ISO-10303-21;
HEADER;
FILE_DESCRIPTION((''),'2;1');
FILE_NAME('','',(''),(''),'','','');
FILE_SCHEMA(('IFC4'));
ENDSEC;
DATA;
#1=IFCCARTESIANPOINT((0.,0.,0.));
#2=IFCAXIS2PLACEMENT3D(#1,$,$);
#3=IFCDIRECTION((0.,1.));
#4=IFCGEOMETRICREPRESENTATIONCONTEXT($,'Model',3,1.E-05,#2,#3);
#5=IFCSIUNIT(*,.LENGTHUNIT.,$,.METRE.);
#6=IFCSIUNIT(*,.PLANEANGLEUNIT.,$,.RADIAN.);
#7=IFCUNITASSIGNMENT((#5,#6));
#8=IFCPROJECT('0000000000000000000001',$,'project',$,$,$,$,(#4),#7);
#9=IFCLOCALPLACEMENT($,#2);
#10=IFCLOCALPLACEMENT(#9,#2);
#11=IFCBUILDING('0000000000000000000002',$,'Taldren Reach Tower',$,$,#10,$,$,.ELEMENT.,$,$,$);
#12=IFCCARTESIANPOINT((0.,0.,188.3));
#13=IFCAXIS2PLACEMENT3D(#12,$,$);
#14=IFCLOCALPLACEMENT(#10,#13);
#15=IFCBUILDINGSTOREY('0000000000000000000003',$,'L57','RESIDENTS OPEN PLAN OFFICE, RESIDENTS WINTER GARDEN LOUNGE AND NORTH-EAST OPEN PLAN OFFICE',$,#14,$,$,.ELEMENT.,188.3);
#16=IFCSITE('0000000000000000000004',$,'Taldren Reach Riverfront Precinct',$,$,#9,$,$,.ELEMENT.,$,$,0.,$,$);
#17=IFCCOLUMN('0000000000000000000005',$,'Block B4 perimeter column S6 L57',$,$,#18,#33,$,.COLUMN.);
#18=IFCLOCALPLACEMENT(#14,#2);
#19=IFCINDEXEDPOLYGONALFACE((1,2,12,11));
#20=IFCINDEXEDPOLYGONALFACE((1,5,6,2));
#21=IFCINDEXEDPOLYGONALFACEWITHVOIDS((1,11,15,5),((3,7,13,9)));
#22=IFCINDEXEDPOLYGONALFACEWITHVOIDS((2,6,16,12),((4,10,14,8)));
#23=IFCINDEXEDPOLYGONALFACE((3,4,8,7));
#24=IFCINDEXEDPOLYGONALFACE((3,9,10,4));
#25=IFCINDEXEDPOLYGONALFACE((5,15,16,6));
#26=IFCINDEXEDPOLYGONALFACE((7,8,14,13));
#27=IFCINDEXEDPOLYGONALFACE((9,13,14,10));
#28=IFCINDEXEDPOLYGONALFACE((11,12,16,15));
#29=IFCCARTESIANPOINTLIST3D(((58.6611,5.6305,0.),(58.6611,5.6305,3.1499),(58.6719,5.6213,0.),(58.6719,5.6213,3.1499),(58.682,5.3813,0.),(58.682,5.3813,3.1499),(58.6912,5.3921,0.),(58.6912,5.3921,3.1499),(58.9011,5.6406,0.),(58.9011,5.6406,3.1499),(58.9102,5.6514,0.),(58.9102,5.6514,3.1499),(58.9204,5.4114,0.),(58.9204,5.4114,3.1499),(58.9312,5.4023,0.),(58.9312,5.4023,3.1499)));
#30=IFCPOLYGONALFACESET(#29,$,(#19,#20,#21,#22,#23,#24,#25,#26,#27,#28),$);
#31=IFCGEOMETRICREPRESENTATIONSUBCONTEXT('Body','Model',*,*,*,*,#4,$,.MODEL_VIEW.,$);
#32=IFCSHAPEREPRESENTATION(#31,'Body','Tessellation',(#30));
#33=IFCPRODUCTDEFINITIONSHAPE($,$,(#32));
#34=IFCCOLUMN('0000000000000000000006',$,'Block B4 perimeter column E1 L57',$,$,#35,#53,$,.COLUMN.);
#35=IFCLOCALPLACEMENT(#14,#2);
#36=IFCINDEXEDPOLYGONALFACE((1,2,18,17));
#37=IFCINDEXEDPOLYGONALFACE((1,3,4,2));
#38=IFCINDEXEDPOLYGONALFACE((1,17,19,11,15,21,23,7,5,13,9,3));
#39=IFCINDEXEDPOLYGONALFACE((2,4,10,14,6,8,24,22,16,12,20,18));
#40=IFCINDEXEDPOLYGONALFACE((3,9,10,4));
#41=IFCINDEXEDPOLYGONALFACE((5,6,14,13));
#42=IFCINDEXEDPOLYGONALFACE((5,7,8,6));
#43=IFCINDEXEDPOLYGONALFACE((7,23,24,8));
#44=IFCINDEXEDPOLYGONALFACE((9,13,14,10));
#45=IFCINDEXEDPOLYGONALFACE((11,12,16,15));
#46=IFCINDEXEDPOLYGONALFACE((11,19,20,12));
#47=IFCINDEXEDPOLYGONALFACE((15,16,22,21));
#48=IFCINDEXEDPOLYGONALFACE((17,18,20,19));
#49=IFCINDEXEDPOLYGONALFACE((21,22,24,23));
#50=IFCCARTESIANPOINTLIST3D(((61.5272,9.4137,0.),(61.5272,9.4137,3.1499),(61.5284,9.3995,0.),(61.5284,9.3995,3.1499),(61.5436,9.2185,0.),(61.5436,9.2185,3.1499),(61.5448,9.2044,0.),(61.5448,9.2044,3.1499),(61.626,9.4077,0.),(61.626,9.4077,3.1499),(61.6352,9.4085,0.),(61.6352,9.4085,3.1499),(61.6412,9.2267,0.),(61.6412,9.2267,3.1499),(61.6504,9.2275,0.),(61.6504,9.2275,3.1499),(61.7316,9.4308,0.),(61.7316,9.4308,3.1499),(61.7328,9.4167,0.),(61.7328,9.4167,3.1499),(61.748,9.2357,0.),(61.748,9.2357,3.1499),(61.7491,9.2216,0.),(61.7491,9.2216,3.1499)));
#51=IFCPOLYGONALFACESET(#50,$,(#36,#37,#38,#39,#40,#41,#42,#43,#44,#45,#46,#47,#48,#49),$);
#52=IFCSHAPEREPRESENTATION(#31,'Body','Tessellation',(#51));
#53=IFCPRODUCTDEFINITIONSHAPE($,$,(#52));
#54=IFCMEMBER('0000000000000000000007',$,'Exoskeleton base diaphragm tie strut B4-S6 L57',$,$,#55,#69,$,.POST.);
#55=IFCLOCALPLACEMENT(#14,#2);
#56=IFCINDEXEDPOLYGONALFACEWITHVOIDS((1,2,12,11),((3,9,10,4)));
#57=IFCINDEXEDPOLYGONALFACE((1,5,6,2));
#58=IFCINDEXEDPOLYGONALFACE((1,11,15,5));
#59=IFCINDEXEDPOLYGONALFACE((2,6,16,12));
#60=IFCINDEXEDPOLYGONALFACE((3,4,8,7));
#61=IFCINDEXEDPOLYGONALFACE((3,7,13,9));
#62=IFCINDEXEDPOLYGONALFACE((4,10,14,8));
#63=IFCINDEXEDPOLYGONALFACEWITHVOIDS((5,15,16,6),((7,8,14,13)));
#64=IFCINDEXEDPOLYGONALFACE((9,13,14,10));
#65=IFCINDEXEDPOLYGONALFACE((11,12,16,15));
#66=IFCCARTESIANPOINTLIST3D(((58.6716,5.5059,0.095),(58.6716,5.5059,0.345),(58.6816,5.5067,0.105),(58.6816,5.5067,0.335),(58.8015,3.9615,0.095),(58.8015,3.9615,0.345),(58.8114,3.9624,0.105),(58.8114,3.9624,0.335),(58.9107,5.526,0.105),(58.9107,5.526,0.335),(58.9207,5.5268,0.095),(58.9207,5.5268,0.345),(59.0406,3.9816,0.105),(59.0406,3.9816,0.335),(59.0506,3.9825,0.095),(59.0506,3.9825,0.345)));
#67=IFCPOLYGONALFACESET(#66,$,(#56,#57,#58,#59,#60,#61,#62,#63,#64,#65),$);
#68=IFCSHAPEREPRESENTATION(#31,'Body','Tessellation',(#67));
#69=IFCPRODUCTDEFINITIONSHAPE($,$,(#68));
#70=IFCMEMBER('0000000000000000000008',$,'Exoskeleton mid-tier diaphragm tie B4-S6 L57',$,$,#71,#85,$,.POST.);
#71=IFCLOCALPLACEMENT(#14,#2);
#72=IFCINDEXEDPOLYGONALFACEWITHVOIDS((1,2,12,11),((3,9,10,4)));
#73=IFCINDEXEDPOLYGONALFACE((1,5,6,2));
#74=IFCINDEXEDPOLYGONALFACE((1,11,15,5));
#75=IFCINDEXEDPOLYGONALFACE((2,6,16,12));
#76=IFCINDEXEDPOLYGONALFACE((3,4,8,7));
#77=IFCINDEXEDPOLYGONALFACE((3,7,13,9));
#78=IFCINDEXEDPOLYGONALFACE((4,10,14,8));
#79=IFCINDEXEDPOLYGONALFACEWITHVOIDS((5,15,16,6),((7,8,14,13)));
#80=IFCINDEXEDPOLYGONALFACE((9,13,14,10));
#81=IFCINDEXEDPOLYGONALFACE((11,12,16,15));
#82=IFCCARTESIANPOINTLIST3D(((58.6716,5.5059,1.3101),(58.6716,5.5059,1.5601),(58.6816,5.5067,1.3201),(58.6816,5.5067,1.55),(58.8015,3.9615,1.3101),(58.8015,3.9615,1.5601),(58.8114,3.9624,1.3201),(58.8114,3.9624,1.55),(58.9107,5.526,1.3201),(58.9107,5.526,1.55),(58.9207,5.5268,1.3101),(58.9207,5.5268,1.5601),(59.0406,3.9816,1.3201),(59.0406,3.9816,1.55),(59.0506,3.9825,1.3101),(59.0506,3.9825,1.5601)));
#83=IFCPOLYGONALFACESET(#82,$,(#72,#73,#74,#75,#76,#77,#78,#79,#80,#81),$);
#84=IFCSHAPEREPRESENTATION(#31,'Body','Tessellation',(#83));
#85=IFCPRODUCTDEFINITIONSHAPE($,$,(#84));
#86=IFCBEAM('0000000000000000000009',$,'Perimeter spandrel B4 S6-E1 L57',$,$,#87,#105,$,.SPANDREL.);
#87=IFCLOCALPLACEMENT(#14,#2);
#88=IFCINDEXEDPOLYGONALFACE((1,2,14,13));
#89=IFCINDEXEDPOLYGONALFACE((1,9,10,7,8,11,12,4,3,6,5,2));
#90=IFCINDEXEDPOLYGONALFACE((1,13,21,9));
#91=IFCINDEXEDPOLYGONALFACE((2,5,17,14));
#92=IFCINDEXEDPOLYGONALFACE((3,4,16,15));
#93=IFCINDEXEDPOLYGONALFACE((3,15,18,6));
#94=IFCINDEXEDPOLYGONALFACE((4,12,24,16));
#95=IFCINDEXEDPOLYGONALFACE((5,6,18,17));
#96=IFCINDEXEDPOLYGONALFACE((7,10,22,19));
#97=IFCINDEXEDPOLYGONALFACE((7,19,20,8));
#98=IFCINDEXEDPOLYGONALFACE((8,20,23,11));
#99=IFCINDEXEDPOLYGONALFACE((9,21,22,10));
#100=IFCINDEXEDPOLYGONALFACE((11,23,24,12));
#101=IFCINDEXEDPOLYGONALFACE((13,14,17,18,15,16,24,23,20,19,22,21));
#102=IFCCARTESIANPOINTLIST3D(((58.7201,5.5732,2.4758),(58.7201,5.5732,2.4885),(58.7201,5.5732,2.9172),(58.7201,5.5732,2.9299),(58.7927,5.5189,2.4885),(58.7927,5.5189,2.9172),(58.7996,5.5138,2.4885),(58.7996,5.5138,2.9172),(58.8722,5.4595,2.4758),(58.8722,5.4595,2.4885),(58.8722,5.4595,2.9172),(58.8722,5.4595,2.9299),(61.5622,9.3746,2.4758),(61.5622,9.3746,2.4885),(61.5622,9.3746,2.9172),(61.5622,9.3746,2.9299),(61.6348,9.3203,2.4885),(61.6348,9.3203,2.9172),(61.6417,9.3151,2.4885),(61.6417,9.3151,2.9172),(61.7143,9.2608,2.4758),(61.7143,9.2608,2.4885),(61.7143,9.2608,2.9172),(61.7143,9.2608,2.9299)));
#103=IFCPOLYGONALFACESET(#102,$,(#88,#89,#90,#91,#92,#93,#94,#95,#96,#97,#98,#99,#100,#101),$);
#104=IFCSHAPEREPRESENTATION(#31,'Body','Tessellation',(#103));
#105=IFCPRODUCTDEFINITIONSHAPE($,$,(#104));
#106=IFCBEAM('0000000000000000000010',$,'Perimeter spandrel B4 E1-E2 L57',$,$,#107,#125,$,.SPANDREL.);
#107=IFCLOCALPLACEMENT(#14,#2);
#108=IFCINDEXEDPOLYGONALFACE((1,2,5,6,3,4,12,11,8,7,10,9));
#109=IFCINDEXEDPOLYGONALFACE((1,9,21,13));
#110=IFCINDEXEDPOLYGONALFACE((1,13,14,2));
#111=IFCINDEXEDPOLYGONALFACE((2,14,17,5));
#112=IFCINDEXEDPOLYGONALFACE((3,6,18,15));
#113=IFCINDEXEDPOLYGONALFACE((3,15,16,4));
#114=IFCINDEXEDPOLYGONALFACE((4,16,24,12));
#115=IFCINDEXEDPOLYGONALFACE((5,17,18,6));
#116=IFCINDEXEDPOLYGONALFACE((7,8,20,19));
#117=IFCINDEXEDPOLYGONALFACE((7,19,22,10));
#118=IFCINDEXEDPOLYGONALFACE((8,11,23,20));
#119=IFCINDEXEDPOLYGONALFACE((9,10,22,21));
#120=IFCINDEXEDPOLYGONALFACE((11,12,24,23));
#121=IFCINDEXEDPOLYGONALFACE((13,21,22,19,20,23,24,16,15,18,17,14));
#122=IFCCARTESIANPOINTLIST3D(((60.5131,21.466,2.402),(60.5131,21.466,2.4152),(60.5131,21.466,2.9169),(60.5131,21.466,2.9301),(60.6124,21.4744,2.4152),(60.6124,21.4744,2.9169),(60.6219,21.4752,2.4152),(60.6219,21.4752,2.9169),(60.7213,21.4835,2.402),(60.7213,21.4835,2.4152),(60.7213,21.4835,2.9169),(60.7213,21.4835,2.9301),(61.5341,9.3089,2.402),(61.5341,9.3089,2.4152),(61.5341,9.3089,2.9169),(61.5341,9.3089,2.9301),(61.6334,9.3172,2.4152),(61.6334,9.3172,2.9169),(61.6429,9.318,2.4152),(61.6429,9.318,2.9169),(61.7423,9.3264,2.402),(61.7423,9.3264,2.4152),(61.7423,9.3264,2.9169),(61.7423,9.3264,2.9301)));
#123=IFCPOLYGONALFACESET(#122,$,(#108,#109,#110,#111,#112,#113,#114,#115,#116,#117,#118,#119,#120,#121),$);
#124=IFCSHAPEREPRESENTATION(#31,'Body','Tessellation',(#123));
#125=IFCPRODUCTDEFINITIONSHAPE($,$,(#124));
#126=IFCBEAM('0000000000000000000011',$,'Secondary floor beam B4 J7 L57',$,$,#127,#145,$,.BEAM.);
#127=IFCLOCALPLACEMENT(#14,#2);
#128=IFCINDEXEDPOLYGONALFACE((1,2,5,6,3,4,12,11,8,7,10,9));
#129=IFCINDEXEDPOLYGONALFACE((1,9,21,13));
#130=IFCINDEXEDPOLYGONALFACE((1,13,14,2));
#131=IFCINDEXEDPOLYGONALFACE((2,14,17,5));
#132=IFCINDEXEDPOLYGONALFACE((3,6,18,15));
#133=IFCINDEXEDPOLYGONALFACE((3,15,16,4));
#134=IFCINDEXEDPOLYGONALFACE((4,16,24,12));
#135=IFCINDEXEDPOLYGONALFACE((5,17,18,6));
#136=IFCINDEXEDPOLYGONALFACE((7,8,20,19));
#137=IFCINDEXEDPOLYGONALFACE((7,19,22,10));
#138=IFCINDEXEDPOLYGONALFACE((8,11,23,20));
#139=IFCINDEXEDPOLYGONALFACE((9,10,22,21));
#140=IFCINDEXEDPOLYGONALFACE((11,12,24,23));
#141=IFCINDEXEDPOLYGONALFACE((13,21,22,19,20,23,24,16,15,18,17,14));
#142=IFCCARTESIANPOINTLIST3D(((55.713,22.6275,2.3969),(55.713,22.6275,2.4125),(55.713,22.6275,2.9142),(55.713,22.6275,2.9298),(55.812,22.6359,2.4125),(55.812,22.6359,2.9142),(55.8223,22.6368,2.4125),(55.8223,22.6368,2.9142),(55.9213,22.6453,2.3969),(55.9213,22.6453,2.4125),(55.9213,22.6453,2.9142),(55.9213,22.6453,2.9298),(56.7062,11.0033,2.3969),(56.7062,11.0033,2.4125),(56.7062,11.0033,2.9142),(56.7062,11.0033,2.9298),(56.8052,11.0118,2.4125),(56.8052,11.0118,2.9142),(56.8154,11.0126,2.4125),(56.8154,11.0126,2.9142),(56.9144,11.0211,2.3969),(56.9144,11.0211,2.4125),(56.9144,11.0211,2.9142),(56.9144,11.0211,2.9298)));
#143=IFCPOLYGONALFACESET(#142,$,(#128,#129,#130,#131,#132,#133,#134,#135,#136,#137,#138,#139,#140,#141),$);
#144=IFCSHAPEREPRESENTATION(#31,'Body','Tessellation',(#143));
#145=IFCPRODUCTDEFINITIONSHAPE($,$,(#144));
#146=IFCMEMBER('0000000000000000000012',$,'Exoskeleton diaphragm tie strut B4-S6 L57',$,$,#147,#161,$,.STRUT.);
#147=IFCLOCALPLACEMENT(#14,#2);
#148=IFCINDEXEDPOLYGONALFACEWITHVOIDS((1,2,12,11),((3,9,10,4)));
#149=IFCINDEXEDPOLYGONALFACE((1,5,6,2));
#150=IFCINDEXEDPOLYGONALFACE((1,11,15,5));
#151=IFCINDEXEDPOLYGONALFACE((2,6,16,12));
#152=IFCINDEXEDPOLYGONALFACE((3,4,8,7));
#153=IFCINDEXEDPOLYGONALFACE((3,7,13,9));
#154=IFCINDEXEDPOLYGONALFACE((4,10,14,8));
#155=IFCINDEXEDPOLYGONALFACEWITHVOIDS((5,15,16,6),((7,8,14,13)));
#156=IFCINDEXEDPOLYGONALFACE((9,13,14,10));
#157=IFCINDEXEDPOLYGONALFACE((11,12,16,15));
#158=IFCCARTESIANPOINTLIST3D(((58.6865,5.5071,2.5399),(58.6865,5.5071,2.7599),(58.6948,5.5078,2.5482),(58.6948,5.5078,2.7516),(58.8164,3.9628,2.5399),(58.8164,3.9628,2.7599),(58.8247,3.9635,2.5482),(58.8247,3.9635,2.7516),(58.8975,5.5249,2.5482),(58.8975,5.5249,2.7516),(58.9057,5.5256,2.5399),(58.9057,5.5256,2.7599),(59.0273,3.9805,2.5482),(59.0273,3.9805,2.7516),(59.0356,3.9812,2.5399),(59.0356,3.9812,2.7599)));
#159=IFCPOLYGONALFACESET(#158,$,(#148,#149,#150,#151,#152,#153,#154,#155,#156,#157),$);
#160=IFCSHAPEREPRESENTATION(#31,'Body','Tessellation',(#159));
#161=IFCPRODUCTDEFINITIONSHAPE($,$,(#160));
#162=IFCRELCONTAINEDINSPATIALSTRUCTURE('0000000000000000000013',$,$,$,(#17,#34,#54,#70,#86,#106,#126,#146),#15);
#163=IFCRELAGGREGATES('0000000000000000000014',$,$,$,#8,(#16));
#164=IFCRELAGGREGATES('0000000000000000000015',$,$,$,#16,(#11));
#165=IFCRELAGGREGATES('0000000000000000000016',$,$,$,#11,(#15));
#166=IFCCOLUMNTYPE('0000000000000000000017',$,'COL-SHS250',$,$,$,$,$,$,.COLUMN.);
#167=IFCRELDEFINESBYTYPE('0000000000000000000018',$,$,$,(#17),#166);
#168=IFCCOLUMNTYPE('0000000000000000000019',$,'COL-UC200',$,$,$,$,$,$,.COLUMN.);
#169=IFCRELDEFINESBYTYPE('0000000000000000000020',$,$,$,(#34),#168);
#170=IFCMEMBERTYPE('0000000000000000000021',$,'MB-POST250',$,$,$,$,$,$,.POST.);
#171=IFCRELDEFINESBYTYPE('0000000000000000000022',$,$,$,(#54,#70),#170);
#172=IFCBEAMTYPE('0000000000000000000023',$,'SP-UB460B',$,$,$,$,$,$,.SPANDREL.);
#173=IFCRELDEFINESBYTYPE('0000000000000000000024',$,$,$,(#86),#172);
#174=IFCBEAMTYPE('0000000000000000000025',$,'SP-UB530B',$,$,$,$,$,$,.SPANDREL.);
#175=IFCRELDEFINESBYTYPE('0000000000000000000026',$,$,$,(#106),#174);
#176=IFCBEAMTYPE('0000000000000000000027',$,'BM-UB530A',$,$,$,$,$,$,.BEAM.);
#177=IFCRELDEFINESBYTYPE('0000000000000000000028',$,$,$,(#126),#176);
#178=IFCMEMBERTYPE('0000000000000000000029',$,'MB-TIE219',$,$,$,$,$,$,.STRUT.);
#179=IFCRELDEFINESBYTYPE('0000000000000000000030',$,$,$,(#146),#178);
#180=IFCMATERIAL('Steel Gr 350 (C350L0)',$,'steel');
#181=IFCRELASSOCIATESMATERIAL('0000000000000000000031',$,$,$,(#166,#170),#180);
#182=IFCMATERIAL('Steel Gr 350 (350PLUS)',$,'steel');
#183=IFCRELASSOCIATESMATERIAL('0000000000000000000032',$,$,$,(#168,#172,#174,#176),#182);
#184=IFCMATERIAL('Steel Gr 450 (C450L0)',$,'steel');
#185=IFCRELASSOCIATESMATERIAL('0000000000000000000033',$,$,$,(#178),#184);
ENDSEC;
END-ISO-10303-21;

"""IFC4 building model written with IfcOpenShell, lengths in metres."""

from ifc_helpers import new_model, si_unit, direction, frame, origin, origin_2d, place, context, subcontext, project, spatial, hollow_rectangle, i_section, extrude, source, transform, mapped, material, material_profile, profile_set, type_object, element, save


model = new_model("IFC4")

# Units and contexts
model_context = context("Model", 3, precision=1e-05, world=origin(), true_north=direction((0.0, 1.0)))
body_context = subcontext(model_context, "Body", "Model", "MODEL_VIEW")
ifc_project = project(units=[si_unit("LENGTHUNIT", "METRE"), si_unit("PLANEANGLEUNIT", "RADIAN")], contexts=[model_context])

# Site, building, storey
site_placement = place(None, origin())
site = spatial("IfcSite", under=ifc_project, at=site_placement, Name="Taldren Reach Riverfront Precinct", CompositionType="ELEMENT", RefElevation=0.0)
building_placement = place(site_placement, origin())
building = spatial("IfcBuilding", under=site, at=building_placement, Name="Taldren Reach Tower", CompositionType="ELEMENT")
storey_placement = place(building_placement, frame((0.0, 0.0, 188.3)))
storey = spatial("IfcBuildingStorey", under=building, at=storey_placement, Name="L57", Description="RESIDENTS OPEN PLAN OFFICE, RESIDENTS WINTER GARDEN LOUNGE AND NORTH-EAST OPEN PLAN OFFICE", CompositionType="ELEMENT", Elevation=188.3)

# Columns
ifc_material_1 = material(Name="Steel Gr 350 (C350L0)", Category="steel")
ifc_material_profile_1 = material_profile(ifc_material_1, hollow_rectangle(XDim=0.25, YDim=0.25, WallThickness=0.01, at=origin_2d()), Name="250x250x10.0SHS")
ifc_profile_set_1 = profile_set([ifc_material_profile_1], Name="Steel Gr 350 (C350L0)")
column_type_1 = type_object("IfcColumnType", Name="COL-SHS250", PredefinedType="COLUMN", material=ifc_profile_set_1)
shared_shape_1 = source(origin(), body_context, "Body", "SweptSolid", [
    extrude(hollow_rectangle(XDim=0.25, YDim=0.25, WallThickness=0.01, at=origin_2d()), origin(), (0.0, 0.0, 1.0), 3.1499),
])
column_1_placement = place(storey_placement, frame((58.7961, 5.5164, 0.0), z_axis=(0.0, 0.0, 1.0), x_axis=(0.996493, 0.083678, 0.0)))
element("IfcColumn", 1, at=column_1_placement, inside=storey, type_object=column_type_1, Name="Block B4 perimeter column S6 L57", PredefinedType="COLUMN", context=body_context, shape_type="MappedRepresentation", body=[
    mapped(shared_shape_1, transform((0.0, 0.0, 0.0), scale=1.0)),
])
ifc_material_2 = material(Name="Steel Gr 350 (350PLUS)", Category="steel")
ifc_material_profile_2 = material_profile(ifc_material_2, i_section(OverallWidth=0.2051, OverallDepth=0.21, WebThickness=0.0093, FlangeThickness=0.0142, at=origin_2d()), Name="200UC59.5")
ifc_profile_set_2 = profile_set([ifc_material_profile_2], Name="Steel Gr 350 (350PLUS)")
column_type_2 = type_object("IfcColumnType", Name="COL-UC200", PredefinedType="COLUMN", material=ifc_profile_set_2)
shared_shape_2 = source(origin(), body_context, "Body", "SweptSolid", [
    extrude(i_section(OverallWidth=0.2051, OverallDepth=0.21, WebThickness=0.0093, FlangeThickness=0.0142, at=origin_2d()), origin(), (0.0, 0.0, 1.0), 3.1499),
])
column_2_placement = place(storey_placement, frame((61.6382, 9.3176, 0.0), z_axis=(0.0, 0.0, 1.0), x_axis=(0.996493, 0.083678, 0.0)))
element("IfcColumn", 2, at=column_2_placement, inside=storey, type_object=column_type_2, Name="Block B4 perimeter column E1 L57", PredefinedType="COLUMN", context=body_context, shape_type="MappedRepresentation", body=[
    mapped(shared_shape_2, transform((0.0, 0.0, 0.0), scale=1.0)),
])

# Members
ifc_material_profile_3 = material_profile(ifc_material_1, hollow_rectangle(XDim=0.25, YDim=0.25, WallThickness=0.01, at=origin_2d()), Name="250x250x10.0SHS")
ifc_profile_set_3 = profile_set([ifc_material_profile_3], Name="Steel Gr 350 (C350L0)")
member_type_1 = type_object("IfcMemberType", Name="MB-POST250", PredefinedType="POST", material=ifc_profile_set_3)
shared_shape_3 = source(origin(), body_context, "Body", "SweptSolid", [
    extrude(hollow_rectangle(XDim=0.25, YDim=0.25, WallThickness=0.01, at=origin_2d()), origin(), (0.0, 0.0, 1.0), 1.5498),
])
for number, where, z_axis, x_axis, name in (
    (3, (58.7961, 5.5164, 0.22), (0.083802, -0.996482, 0.0), (0.996482, 0.083802, 0.0), "Exoskeleton base diaphragm tie strut B4-S6 L57"),
    (4, (58.7961, 5.5164, 1.4351), (0.083802, -0.996482, 0.0), (0.996482, 0.083802, 0.0), "Exoskeleton mid-tier diaphragm tie B4-S6 L57"),
):
    element("IfcMember", number, at=place(storey_placement, frame(where, z_axis=z_axis, x_axis=x_axis)), inside=storey, type_object=member_type_1, Name=name, PredefinedType="POST", context=body_context, shape_type="MappedRepresentation", body=[
        mapped(shared_shape_3, transform((0.0, 0.0, 0.0), scale=1.0)),
    ])

# Beams
ifc_material_profile_4 = material_profile(ifc_material_2, i_section(OverallWidth=0.1899, OverallDepth=0.4541, WebThickness=0.0085, FlangeThickness=0.0127, at=origin_2d()), Name="460UB67.1")
ifc_profile_set_4 = profile_set([ifc_material_profile_4], Name="Steel Gr 350 (350PLUS)")
beam_type_1 = type_object("IfcBeamType", Name="SP-UB460B", PredefinedType="SPANDREL", material=ifc_profile_set_4)
shared_shape_4 = source(origin(), body_context, "Body", "SweptSolid", [
    extrude(i_section(OverallWidth=0.1899, OverallDepth=0.4541, WebThickness=0.0085, FlangeThickness=0.0127, at=origin_2d()), origin(), (0.0, 0.0, 1.0), 4.7463),
])
beam_1_placement = place(storey_placement, frame((58.7961, 5.5164, 2.7029), z_axis=(0.598798, 0.8009, 0.0), x_axis=(-0.8009, 0.598798, 0.0)))
element("IfcBeam", 5, at=beam_1_placement, inside=storey, type_object=beam_type_1, Name="Perimeter spandrel B4 S6-E1 L57", PredefinedType="SPANDREL", context=body_context, shape_type="MappedRepresentation", body=[
    mapped(shared_shape_4, transform((0.0, 0.0, 0.0), scale=1.0)),
])
ifc_material_profile_5 = material_profile(ifc_material_2, i_section(OverallWidth=0.209, OverallDepth=0.5281, WebThickness=0.0095, FlangeThickness=0.0132, at=origin_2d()), Name="530UB82.0")
ifc_profile_set_5 = profile_set([ifc_material_profile_5], Name="Steel Gr 350 (350PLUS)")
beam_type_2 = type_object("IfcBeamType", Name="SP-UB530B", PredefinedType="SPANDREL", material=ifc_profile_set_5)
shared_shape_5 = source(origin(), body_context, "Body", "SweptSolid", [
    extrude(i_section(OverallWidth=0.209, OverallDepth=0.5281, WebThickness=0.0095, FlangeThickness=0.0132, at=origin_2d()), origin(), (0.0, 0.0, 1.0), 12.2),
])
beam_2_placement = place(storey_placement, frame((61.6382, 9.3176, 2.666), z_axis=(-0.083688, 0.996492, 0.0), x_axis=(-0.996492, -0.083688, 0.0)))
element("IfcBeam", 6, at=beam_2_placement, inside=storey, type_object=beam_type_2, Name="Perimeter spandrel B4 E1-E2 L57", PredefinedType="SPANDREL", context=body_context, shape_type="MappedRepresentation", body=[
    mapped(shared_shape_5, transform((0.0, 0.0, 0.0), scale=1.0)),
])
ifc_material_profile_6 = material_profile(ifc_material_2, i_section(OverallWidth=0.209, OverallDepth=0.533, WebThickness=0.0103, FlangeThickness=0.0156, at=origin_2d()), Name="530UB92.4")
ifc_profile_set_6 = profile_set([ifc_material_profile_6], Name="Steel Gr 350 (350PLUS)")
beam_type_3 = type_object("IfcBeamType", Name="BM-UB530A", PredefinedType="BEAM", material=ifc_profile_set_6)
shared_shape_6 = source(origin(), body_context, "Body", "SweptSolid", [
    extrude(i_section(OverallWidth=0.209, OverallDepth=0.533, WebThickness=0.0103, FlangeThickness=0.0156, at=origin_2d()), origin(), (0.0, 0.0, 1.0), 11.6665),
])
beam_3_placement = place(storey_placement, frame((56.8103, 11.0122, 2.6633), z_axis=(-0.085129, 0.99637, 0.0), x_axis=(-0.99637, -0.085129, 0.0)))
element("IfcBeam", 7, at=beam_3_placement, inside=storey, type_object=beam_type_3, Name="Secondary floor beam B4 J7 L57", PredefinedType="BEAM", context=body_context, shape_type="MappedRepresentation", body=[
    mapped(shared_shape_6, transform((0.0, 0.0, 0.0), scale=1.0)),
])

# Member
ifc_material_3 = material(Name="Steel Gr 450 (C450L0)", Category="steel")
ifc_material_profile_7 = material_profile(ifc_material_3, hollow_rectangle(XDim=0.22, YDim=0.22, WallThickness=0.0083, at=origin_2d()), Name="220x220x8.2SHS")
ifc_profile_set_7 = profile_set([ifc_material_profile_7], Name="Steel Gr 450 (C450L0)")
member_type_2 = type_object("IfcMemberType", Name="MB-TIE219", PredefinedType="STRUT", material=ifc_profile_set_7)
shared_shape_7 = source(origin(), body_context, "Body", "SweptSolid", [
    extrude(hollow_rectangle(XDim=0.22, YDim=0.22, WallThickness=0.0083, at=origin_2d()), origin(), (0.0, 0.0, 1.0), 1.5498),
])
member_1_placement = place(storey_placement, frame((58.7961, 5.5164, 2.6499), z_axis=(0.083802, -0.996482, 0.0), x_axis=(0.996482, 0.083802, 0.0)))
element("IfcMember", 8, at=member_1_placement, inside=storey, type_object=member_type_2, Name="Exoskeleton diaphragm tie strut B4-S6 L57", PredefinedType="STRUT", context=body_context, shape_type="MappedRepresentation", body=[
    mapped(shared_shape_7, transform((0.0, 0.0, 0.0), scale=1.0)),
])

save(model, "model.ifc")
